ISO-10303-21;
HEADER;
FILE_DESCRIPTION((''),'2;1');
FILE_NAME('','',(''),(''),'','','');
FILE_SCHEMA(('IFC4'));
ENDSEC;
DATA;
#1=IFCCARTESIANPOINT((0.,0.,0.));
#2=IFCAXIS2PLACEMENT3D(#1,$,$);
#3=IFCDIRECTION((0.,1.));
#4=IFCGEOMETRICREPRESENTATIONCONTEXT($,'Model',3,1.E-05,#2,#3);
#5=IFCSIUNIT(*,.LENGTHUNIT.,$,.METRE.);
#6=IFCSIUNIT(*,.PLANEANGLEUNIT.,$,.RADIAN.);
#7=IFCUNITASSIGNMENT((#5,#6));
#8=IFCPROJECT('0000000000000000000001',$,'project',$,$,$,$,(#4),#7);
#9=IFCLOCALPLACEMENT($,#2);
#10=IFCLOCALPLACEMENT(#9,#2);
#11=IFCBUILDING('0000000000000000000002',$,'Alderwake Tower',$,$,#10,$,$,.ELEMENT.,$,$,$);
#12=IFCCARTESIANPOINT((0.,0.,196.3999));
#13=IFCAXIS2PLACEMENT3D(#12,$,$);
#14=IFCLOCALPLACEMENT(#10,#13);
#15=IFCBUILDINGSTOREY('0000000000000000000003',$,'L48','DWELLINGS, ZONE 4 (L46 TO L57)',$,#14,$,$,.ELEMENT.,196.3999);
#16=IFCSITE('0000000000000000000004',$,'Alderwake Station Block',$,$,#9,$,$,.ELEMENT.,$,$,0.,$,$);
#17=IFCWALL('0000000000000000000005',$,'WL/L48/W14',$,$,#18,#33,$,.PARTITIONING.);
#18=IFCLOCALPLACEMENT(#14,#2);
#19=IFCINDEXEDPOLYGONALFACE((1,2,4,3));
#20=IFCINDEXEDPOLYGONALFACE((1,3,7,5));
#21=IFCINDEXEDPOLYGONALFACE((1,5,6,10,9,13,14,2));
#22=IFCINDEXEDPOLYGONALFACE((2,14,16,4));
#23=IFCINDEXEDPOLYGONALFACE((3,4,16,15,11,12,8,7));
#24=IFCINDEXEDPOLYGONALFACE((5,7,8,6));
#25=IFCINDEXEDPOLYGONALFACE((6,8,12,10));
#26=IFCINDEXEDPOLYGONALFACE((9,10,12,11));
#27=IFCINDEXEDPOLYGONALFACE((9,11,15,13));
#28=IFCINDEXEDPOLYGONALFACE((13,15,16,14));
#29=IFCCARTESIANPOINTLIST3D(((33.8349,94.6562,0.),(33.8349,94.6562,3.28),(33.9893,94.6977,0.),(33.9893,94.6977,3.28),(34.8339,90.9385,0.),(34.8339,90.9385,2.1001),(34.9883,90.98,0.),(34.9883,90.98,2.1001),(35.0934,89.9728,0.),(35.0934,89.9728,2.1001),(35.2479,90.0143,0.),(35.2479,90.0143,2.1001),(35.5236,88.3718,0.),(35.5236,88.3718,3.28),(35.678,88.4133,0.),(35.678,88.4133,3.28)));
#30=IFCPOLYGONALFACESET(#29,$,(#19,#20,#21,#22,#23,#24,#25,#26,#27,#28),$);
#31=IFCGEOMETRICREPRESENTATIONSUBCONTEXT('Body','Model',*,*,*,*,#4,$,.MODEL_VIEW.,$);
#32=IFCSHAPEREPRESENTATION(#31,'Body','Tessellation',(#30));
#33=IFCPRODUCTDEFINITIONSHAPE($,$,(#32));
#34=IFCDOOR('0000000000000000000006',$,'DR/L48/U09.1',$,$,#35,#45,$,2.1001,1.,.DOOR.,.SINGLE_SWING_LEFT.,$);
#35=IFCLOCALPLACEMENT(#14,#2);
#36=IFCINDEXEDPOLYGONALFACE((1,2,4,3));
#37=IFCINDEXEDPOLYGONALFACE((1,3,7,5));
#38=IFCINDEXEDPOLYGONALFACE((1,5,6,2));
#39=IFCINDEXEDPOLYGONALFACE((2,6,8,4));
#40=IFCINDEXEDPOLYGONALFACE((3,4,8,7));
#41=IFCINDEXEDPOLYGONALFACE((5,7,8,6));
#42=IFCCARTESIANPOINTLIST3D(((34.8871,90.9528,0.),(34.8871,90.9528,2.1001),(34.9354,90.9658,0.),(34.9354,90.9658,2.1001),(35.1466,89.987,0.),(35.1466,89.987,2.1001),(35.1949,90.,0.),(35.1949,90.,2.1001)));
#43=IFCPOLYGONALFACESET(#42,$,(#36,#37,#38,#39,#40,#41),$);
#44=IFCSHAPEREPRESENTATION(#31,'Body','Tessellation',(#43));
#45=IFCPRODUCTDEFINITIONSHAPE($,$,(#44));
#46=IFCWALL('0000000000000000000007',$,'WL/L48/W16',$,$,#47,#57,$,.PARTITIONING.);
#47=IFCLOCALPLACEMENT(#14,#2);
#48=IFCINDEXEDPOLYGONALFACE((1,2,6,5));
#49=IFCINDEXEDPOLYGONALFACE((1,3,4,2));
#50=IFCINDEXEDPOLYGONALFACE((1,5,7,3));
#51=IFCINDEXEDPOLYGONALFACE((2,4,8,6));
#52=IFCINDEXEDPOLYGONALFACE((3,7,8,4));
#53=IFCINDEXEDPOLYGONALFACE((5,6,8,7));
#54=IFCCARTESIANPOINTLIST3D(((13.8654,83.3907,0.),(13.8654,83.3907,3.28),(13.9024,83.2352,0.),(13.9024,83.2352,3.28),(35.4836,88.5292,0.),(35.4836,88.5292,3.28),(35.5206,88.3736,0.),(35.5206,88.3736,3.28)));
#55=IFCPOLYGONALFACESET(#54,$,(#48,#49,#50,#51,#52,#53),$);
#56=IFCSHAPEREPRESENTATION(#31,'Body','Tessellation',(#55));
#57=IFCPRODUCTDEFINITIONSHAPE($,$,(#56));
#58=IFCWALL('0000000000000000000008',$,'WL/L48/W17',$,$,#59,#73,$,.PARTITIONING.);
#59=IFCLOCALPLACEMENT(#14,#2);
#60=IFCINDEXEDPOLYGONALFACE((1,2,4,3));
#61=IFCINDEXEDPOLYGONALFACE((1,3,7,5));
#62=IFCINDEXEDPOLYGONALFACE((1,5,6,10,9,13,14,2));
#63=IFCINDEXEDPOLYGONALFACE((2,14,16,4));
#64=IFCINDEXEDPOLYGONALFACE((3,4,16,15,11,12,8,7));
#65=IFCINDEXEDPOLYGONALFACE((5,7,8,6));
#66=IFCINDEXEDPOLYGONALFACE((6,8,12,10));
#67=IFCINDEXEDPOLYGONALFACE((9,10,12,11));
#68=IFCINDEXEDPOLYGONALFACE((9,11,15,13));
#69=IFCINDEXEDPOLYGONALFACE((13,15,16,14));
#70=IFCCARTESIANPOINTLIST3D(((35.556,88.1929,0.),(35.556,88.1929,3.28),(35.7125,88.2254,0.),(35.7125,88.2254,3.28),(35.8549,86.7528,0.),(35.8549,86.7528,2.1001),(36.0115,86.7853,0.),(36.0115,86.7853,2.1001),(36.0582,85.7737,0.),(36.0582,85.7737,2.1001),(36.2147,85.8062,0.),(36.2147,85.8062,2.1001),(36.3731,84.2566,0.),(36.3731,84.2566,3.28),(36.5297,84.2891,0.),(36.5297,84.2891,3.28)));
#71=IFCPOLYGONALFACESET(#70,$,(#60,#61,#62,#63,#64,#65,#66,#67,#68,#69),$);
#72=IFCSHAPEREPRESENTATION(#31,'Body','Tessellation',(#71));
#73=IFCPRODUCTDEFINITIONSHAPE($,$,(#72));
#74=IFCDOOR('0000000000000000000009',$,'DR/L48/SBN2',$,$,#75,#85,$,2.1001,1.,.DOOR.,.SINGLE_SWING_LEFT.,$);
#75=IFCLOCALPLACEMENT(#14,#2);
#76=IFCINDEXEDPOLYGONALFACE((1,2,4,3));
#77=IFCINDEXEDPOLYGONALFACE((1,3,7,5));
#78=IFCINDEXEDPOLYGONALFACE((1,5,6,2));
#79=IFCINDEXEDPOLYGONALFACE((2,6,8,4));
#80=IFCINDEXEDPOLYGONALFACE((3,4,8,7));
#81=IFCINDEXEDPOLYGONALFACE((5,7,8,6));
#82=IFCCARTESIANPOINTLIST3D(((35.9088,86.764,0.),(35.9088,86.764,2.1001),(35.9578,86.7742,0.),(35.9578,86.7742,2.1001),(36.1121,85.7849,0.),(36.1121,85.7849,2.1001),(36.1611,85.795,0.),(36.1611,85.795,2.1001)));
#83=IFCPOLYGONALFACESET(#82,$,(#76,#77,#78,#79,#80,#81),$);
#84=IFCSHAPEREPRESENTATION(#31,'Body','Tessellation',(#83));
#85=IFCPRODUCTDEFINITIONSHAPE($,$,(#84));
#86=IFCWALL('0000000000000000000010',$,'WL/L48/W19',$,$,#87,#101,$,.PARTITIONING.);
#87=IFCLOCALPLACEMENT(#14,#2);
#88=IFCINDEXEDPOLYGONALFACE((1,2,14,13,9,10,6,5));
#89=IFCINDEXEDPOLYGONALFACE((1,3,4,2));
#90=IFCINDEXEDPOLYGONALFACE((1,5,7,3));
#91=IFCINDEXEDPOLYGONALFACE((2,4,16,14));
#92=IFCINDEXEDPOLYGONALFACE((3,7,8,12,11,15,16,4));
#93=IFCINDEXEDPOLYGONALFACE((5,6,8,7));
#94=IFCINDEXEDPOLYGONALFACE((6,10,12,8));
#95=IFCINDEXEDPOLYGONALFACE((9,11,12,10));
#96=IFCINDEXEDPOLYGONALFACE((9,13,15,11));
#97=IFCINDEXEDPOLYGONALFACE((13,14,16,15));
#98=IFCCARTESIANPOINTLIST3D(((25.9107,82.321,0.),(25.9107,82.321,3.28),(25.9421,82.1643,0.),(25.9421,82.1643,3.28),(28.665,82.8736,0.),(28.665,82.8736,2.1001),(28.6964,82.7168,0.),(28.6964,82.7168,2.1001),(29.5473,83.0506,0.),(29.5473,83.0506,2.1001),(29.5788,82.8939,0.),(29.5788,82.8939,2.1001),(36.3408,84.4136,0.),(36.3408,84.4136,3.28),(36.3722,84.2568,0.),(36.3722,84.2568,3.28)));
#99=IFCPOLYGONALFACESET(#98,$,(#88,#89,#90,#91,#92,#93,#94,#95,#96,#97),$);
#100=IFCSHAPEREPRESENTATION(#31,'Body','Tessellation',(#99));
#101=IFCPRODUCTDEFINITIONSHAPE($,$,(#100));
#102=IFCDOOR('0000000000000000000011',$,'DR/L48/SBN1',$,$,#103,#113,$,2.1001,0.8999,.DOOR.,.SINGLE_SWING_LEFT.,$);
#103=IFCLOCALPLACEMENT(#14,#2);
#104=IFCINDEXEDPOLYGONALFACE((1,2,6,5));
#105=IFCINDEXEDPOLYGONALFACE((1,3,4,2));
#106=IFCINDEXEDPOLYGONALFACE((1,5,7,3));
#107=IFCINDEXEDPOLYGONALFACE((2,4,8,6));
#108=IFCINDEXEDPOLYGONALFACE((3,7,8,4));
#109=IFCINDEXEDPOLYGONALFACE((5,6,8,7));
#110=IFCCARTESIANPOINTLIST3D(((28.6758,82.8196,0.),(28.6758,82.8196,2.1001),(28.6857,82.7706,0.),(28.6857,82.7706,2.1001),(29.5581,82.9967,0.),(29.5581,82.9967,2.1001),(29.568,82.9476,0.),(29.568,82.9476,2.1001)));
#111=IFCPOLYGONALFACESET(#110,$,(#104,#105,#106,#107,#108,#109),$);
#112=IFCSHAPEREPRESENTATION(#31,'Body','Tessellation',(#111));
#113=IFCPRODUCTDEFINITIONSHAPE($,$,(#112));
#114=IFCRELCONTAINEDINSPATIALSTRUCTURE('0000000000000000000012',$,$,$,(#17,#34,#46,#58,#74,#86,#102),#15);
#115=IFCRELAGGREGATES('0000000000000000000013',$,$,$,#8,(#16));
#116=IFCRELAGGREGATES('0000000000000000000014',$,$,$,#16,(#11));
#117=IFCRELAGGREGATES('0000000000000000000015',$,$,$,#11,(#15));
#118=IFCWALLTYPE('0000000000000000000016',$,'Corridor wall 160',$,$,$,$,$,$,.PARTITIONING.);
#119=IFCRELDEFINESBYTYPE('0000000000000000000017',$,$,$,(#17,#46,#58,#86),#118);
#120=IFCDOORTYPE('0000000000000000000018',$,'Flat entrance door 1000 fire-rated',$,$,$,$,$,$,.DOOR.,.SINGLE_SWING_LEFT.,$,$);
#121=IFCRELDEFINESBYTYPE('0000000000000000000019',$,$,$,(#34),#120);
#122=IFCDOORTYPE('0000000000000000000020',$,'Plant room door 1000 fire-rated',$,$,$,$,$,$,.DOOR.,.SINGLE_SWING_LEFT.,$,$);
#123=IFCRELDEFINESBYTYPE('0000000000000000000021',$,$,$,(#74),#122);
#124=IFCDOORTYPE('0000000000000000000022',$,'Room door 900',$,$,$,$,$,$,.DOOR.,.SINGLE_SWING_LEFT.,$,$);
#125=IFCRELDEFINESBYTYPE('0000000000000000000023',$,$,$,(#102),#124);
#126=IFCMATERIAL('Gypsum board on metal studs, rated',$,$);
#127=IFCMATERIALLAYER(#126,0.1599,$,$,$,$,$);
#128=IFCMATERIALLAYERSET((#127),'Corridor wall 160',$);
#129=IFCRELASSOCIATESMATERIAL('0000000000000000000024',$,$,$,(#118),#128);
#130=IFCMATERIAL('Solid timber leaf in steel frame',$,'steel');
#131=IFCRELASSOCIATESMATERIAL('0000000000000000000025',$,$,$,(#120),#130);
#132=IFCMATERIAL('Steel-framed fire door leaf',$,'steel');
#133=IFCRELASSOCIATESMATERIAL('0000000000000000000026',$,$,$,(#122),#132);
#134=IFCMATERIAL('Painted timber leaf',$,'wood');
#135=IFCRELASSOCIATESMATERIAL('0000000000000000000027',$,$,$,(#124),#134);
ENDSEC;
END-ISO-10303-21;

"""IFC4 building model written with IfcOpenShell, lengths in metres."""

from ifc_helpers import new_model, si_unit, direction, frame, frame_2d, origin, place, context, subcontext, project, spatial, rectangle, extrude, material, layer, layer_set, type_object, element, fill, save


model = new_model("IFC4")

# Units and contexts
model_context = context("Model", 3, precision=1e-05, world=origin(), true_north=direction((0.0, 1.0)))
body_context = subcontext(model_context, "Body", "Model", "MODEL_VIEW")
ifc_project = project(units=[si_unit("LENGTHUNIT", "METRE"), si_unit("PLANEANGLEUNIT", "RADIAN")], contexts=[model_context])

# Site, building, storey
site_placement = place(None, origin())
site = spatial("IfcSite", under=ifc_project, at=site_placement, Name="Alderwake Station Block", CompositionType="ELEMENT", RefElevation=0.0)
building_placement = place(site_placement, origin())
building = spatial("IfcBuilding", under=site, at=building_placement, Name="Alderwake Tower", CompositionType="ELEMENT")
storey_placement = place(building_placement, frame((0.0, 0.0, 196.3999)))
storey = spatial("IfcBuildingStorey", under=building, at=storey_placement, Name="L48", Description="DWELLINGS, ZONE 4 (L46 TO L57)", CompositionType="ELEMENT", Elevation=196.3999)

# Shared definitions
ifc_material_1 = material(Name="Gypsum board on metal studs, rated")
ifc_layer_1 = layer(ifc_material_1, 0.1599)
ifc_layer_set_1 = layer_set([ifc_layer_1], Name="Corridor wall 160")
wall_type_1 = type_object("IfcWallType", Name="Corridor wall 160", PredefinedType="PARTITIONING", material=ifc_layer_set_1)

# Wall, opening, door
wall_1_placement = place(storey_placement, frame((35.6008, 88.3926, 0.0), z_axis=(0.0, 0.0, 1.0), x_axis=(-0.259509, 0.965741, 0.0)))
wall_1 = element("IfcWall", 1, at=wall_1_placement, inside=storey, type_object=wall_type_1, Name="WL/L48/W14", PredefinedType="PARTITIONING", context=body_context, shape_type="SweptSolid", body=[
    extrude(rectangle(XDim=6.5073, YDim=0.1599, at=frame_2d((3.2537, 0.0))), origin(), (0.0, 0.0, 1.0), 3.28),
])
opening_1_placement = place(wall_1_placement, frame((1.6577, 0.0, 0.0)))
opening_1 = element("IfcOpeningElement", 2, at=opening_1_placement, cuts=wall_1, PredefinedType="OPENING", context=body_context, shape_type="SweptSolid", body=[
    extrude(rectangle(XDim=1.0, YDim=2.1001, at=frame_2d((0.5, 1.05))), frame((0.0, 0.0898, 0.0), z_axis=(0.0, -1.0, 0.0), x_axis=(1.0, 0.0, 0.0)), (0.0, 0.0, 1.0), 0.1799),
])
ifc_material_2 = material(Name="Solid timber leaf in steel frame", Category="steel")
door_type_1 = type_object("IfcDoorType", Name="Flat entrance door 1000 fire-rated", OperationType="SINGLE_SWING_LEFT", PredefinedType="DOOR", material=ifc_material_2)
door_1_placement = place(opening_1_placement, origin())
door_1 = element("IfcDoor", 3, at=door_1_placement, inside=storey, type_object=door_type_1, Name="DR/L48/U09.1", OperationType="SINGLE_SWING_LEFT", OverallHeight=2.1001, OverallWidth=1.0, PredefinedType="DOOR", context=body_context, shape_type="SweptSolid", body=[
    extrude(rectangle(XDim=1.0, YDim=2.1001, at=frame_2d((0.5, 1.05))), frame((0.0, 0.0249, 0.0), z_axis=(0.0, -1.0, 0.0), x_axis=(1.0, 0.0, 0.0)), (0.0, 0.0, 1.0), 0.05),
])
fill(opening_1, door_1)

# Wall
wall_2_placement = place(storey_placement, frame((35.5022, 88.4514, 0.0), z_axis=(0.0, 0.0, 1.0), x_axis=(-0.972895, -0.231248, 0.0)))
element("IfcWall", 4, at=wall_2_placement, inside=storey, type_object=wall_type_1, Name="WL/L48/W16", PredefinedType="PARTITIONING", context=body_context, shape_type="SweptSolid", body=[
    extrude(rectangle(XDim=22.2205, YDim=0.1599, at=frame_2d((11.1104, 0.0))), origin(), (0.0, 0.0, 1.0), 3.28),
])

# Walls, openings, doors
wall_3_placement = place(storey_placement, frame((36.4514, 84.2727, 0.0), z_axis=(0.0, 0.0, 1.0), x_axis=(-0.203258, 0.979125, 0.0)))
wall_3 = element("IfcWall", 5, at=wall_3_placement, inside=storey, type_object=wall_type_1, Name="WL/L48/W17", PredefinedType="PARTITIONING", context=body_context, shape_type="SweptSolid", body=[
    extrude(rectangle(XDim=4.0203, YDim=0.1599, at=frame_2d((2.0103, 0.0))), origin(), (0.0, 0.0, 1.0), 3.28),
])
opening_2_placement = place(wall_3_placement, frame((1.5496, 0.0, 0.0)))
opening_2 = element("IfcOpeningElement", 6, at=opening_2_placement, cuts=wall_3, PredefinedType="OPENING", context=body_context, shape_type="SweptSolid", body=[
    extrude(rectangle(XDim=1.0, YDim=2.1001, at=frame_2d((0.5, 1.05))), frame((0.0, 0.0898, 0.0), z_axis=(0.0, -1.0, 0.0), x_axis=(1.0, 0.0, 0.0)), (0.0, 0.0, 1.0), 0.1799),
])
ifc_material_3 = material(Name="Steel-framed fire door leaf", Category="steel")
door_type_2 = type_object("IfcDoorType", Name="Plant room door 1000 fire-rated", OperationType="SINGLE_SWING_LEFT", PredefinedType="DOOR", material=ifc_material_3)
door_2_placement = place(opening_2_placement, origin())
door_2 = element("IfcDoor", 7, at=door_2_placement, inside=storey, type_object=door_type_2, Name="DR/L48/SBN2", OperationType="SINGLE_SWING_LEFT", OverallHeight=2.1001, OverallWidth=1.0, PredefinedType="DOOR", context=body_context, shape_type="SweptSolid", body=[
    extrude(rectangle(XDim=1.0, YDim=2.1001, at=frame_2d((0.5, 1.05))), frame((0.0, 0.0249, 0.0), z_axis=(0.0, -1.0, 0.0), x_axis=(1.0, 0.0, 0.0)), (0.0, 0.0, 1.0), 0.05),
])
fill(opening_2, door_2)
wall_4_placement = place(storey_placement, frame((25.9265, 82.2427, 0.0), z_axis=(0.0, 0.0, 1.0), x_axis=(0.980463, 0.196703, 0.0)))
wall_4 = element("IfcWall", 8, at=wall_4_placement, inside=storey, type_object=wall_type_1, Name="WL/L48/W19", PredefinedType="PARTITIONING", context=body_context, shape_type="SweptSolid", body=[
    extrude(rectangle(XDim=10.6379, YDim=0.1599, at=frame_2d((5.3188, 0.0))), origin(), (0.0, 0.0, 1.0), 3.28),
])
opening_3_placement = place(wall_4_placement, frame((2.8091, 0.0, 0.0)))
opening_3 = element("IfcOpeningElement", 9, at=opening_3_placement, cuts=wall_4, PredefinedType="OPENING", context=body_context, shape_type="SweptSolid", body=[
    extrude(rectangle(XDim=0.8999, YDim=2.1001, at=frame_2d((0.45, 1.05))), frame((0.0, 0.0898, 0.0), z_axis=(0.0, -1.0, 0.0), x_axis=(1.0, 0.0, 0.0)), (0.0, 0.0, 1.0), 0.1799),
])
ifc_material_4 = material(Name="Painted timber leaf", Category="wood")
door_type_3 = type_object("IfcDoorType", Name="Room door 900", OperationType="SINGLE_SWING_LEFT", PredefinedType="DOOR", material=ifc_material_4)
door_3_placement = place(opening_3_placement, origin())
door_3 = element("IfcDoor", 10, at=door_3_placement, inside=storey, type_object=door_type_3, Name="DR/L48/SBN1", OperationType="SINGLE_SWING_LEFT", OverallHeight=2.1001, OverallWidth=0.8999, PredefinedType="DOOR", context=body_context, shape_type="SweptSolid", body=[
    extrude(rectangle(XDim=0.8999, YDim=2.1001, at=frame_2d((0.45, 1.05))), frame((0.0, 0.0249, 0.0), z_axis=(0.0, -1.0, 0.0), x_axis=(1.0, 0.0, 0.0)), (0.0, 0.0, 1.0), 0.05),
])
fill(opening_3, door_3)

save(model, "model.ifc")
